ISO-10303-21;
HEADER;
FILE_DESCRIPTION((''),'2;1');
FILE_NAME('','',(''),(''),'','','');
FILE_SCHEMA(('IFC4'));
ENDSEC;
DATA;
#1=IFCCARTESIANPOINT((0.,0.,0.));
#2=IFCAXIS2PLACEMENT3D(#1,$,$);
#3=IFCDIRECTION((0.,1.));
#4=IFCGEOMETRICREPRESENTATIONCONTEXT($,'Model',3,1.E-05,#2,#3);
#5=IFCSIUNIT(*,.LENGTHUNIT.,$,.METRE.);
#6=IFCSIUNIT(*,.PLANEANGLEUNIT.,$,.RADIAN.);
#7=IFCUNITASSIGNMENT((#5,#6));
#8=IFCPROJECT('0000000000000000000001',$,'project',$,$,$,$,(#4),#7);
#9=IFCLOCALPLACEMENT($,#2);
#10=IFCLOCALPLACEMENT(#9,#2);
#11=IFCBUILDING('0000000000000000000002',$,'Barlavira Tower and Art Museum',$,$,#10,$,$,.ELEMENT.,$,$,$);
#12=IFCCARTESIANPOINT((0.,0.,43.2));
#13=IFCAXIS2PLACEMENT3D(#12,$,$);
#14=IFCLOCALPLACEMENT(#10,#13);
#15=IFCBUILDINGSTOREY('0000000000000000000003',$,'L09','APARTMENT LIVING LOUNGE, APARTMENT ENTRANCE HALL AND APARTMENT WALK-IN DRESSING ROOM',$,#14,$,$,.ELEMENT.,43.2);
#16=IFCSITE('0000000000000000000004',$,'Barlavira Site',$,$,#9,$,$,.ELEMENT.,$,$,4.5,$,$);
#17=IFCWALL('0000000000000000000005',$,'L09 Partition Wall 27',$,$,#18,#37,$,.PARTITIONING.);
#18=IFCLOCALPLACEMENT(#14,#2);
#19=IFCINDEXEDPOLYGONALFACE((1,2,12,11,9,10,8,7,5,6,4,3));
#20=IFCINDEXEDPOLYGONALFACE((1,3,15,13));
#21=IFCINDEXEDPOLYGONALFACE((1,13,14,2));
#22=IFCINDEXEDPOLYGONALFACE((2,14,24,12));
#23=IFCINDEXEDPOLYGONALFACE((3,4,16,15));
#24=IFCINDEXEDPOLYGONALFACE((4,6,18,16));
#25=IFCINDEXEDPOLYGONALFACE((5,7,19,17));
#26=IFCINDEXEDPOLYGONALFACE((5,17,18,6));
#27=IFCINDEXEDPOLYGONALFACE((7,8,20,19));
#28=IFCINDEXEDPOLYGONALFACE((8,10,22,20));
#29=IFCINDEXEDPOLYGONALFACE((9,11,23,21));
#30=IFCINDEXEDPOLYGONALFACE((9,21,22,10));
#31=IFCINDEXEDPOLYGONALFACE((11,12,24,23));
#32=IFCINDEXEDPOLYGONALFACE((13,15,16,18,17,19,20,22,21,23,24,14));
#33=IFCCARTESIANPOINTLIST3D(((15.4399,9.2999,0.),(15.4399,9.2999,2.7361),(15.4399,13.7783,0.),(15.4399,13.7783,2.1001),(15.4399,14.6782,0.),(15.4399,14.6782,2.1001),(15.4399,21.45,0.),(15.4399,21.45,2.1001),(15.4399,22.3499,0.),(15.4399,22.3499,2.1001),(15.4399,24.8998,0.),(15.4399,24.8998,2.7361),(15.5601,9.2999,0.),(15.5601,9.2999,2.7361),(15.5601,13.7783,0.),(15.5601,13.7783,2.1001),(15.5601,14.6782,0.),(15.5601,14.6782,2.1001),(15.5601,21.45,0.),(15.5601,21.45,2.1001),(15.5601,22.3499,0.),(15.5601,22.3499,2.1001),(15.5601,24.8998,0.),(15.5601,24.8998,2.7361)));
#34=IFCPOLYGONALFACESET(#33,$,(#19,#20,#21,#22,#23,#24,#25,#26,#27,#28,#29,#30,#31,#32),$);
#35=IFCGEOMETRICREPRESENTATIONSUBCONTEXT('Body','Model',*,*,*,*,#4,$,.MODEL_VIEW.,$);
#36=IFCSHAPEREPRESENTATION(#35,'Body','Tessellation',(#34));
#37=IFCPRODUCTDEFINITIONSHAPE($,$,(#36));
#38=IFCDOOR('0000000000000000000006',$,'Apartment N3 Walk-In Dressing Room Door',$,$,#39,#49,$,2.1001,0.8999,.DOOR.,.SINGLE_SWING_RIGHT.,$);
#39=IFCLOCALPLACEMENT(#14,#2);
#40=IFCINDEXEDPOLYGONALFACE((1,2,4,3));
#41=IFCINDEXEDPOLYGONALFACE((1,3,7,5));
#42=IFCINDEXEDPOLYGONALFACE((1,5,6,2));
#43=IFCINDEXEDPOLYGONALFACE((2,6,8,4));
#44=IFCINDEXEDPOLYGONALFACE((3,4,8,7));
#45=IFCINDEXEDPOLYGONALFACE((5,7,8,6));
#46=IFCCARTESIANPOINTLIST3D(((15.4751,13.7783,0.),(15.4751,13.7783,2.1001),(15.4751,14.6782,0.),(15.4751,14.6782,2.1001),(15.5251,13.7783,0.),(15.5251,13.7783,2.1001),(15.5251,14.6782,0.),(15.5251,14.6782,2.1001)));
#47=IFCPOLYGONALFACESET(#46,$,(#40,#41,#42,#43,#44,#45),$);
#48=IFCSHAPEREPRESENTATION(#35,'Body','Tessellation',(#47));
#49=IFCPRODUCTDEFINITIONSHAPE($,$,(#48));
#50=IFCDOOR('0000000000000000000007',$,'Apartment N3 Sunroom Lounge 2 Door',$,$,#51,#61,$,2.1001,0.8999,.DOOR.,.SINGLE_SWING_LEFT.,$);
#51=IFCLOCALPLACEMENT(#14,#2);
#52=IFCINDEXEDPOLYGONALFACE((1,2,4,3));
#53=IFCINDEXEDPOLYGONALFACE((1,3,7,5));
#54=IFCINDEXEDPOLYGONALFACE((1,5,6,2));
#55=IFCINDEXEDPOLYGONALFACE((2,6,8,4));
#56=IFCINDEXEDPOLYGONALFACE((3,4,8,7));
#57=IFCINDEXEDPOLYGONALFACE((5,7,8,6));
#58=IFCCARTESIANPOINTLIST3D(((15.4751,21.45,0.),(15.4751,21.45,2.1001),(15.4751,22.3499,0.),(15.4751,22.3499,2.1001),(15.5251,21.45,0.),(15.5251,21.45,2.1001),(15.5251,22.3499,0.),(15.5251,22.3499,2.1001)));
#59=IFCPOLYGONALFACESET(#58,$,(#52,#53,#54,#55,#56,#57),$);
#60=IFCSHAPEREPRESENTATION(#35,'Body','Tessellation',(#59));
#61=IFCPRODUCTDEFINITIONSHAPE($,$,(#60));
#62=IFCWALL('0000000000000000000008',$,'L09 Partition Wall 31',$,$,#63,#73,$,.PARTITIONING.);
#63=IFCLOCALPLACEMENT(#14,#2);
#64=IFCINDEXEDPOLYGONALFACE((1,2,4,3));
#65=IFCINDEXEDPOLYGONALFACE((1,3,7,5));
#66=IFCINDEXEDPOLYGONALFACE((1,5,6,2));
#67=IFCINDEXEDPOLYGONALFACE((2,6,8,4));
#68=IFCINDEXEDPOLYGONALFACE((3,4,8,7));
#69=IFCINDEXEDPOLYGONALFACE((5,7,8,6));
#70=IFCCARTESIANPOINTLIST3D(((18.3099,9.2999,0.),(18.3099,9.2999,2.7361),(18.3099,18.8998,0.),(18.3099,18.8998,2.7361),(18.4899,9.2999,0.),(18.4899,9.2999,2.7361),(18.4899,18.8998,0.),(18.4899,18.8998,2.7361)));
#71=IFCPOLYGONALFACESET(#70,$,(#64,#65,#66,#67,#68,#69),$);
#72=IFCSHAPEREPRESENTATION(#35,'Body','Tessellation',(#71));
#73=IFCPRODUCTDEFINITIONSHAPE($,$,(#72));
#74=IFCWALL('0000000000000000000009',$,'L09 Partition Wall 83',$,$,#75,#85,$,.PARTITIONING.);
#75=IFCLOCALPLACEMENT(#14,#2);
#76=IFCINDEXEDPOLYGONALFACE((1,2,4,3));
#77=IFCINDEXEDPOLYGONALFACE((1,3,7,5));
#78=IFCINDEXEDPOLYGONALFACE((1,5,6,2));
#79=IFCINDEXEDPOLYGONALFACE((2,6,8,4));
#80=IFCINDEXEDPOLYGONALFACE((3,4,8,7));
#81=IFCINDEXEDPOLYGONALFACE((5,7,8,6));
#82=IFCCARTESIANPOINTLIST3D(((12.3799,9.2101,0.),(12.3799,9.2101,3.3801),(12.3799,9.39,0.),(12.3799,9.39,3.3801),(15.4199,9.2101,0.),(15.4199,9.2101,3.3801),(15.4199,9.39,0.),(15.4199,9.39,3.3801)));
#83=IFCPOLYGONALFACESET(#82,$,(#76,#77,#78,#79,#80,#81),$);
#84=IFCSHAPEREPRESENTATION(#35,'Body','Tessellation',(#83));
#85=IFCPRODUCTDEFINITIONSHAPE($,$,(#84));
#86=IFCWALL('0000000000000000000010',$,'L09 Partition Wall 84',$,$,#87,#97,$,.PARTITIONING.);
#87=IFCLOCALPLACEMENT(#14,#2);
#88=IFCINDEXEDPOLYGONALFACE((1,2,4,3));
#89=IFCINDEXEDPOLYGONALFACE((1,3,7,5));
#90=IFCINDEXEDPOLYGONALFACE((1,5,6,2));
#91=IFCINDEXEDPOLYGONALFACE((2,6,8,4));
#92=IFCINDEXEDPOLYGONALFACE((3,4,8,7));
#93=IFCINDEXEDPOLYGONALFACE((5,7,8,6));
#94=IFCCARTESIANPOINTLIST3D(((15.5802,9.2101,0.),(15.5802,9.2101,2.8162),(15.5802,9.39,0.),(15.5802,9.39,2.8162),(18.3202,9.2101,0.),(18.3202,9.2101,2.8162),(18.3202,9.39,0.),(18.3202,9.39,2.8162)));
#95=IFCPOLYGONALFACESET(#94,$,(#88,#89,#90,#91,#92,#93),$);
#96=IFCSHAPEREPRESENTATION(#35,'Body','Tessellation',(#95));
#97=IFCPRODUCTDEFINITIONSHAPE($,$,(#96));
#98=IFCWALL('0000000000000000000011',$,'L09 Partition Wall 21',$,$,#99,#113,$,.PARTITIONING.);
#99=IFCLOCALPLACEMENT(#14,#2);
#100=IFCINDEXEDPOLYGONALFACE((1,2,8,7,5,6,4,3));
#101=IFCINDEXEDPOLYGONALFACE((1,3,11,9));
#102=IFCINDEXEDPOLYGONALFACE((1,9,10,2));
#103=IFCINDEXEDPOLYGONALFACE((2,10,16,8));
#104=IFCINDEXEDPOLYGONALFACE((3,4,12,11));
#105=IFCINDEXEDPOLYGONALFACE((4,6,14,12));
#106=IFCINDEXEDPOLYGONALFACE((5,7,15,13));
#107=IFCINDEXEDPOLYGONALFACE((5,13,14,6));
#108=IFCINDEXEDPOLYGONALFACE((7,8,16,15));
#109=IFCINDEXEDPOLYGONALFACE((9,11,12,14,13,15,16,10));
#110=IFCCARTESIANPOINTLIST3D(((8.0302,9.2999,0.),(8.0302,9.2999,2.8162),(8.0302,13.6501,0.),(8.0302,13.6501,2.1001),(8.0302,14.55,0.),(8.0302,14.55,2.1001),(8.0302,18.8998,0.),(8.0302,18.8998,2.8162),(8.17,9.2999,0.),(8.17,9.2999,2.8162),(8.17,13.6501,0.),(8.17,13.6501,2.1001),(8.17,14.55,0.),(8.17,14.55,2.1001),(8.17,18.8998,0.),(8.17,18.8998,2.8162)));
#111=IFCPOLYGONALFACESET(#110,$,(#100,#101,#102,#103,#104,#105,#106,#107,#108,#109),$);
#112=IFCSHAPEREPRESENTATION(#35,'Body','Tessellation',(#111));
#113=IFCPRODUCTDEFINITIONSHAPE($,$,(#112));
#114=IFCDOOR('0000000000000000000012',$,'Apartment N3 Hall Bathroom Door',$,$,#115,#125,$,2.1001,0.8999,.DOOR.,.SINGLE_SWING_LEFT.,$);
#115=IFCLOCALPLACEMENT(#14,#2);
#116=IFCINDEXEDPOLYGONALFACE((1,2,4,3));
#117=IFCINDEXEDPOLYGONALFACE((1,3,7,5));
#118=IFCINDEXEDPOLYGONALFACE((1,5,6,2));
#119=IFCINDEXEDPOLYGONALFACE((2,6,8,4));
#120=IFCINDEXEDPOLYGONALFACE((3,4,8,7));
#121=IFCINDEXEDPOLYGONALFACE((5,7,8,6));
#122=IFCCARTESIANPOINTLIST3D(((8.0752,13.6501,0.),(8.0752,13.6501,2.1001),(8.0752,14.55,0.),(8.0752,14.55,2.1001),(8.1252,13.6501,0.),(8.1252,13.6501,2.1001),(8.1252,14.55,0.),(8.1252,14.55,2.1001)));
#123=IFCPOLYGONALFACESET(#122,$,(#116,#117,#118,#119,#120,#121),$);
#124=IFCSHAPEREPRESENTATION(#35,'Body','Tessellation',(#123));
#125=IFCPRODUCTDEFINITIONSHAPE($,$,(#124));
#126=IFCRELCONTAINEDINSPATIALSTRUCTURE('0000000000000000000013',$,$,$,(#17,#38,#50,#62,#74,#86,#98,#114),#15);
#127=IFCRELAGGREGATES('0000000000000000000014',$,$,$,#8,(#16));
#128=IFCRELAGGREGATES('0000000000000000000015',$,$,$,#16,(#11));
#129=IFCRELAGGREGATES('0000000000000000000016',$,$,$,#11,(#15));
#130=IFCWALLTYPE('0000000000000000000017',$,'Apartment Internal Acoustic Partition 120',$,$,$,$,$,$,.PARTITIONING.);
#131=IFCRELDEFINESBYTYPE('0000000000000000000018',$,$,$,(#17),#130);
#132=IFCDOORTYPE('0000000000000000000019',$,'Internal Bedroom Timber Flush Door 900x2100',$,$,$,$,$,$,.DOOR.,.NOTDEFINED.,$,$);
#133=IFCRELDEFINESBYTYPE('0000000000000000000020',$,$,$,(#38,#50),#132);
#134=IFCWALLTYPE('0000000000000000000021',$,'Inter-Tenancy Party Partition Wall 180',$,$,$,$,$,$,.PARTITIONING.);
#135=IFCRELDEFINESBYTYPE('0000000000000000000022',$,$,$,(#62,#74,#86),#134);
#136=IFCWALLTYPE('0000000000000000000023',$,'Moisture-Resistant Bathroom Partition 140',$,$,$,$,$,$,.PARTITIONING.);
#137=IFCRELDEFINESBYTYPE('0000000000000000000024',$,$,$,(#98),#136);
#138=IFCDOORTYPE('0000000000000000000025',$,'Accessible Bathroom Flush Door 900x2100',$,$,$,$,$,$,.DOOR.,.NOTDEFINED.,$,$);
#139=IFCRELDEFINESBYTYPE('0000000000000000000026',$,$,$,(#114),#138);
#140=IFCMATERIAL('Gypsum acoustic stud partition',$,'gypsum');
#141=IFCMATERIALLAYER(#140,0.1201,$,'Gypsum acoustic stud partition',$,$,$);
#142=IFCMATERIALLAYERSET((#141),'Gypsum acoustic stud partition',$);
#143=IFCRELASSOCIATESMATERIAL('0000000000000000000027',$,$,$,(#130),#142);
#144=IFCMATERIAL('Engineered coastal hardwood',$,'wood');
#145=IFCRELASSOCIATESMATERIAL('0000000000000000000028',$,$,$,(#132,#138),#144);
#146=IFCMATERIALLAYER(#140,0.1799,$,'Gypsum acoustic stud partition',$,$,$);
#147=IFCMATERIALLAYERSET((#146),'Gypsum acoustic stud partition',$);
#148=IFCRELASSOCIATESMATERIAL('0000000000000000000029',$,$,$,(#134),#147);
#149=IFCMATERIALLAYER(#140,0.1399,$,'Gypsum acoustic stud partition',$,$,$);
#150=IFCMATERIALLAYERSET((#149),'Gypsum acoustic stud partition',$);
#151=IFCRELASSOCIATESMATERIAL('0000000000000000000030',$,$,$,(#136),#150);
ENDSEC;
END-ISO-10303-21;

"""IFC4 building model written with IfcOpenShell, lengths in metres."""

from ifc_helpers import new_model, si_unit, direction, frame, frame_2d, origin, place, context, subcontext, project, spatial, rectangle, extrude, material, layer, layer_set, type_object, element, fill, save


model = new_model("IFC4")

# Units and contexts
model_context = context("Model", 3, precision=1e-05, world=origin(), true_north=direction((0.0, 1.0)))
body_context = subcontext(model_context, "Body", "Model", "MODEL_VIEW")
ifc_project = project(units=[si_unit("LENGTHUNIT", "METRE"), si_unit("PLANEANGLEUNIT", "RADIAN")], contexts=[model_context])

# Site, building, storey
site_placement = place(None, origin())
site = spatial("IfcSite", under=ifc_project, at=site_placement, Name="Barlavira Site", CompositionType="ELEMENT", RefElevation=4.5)
building_placement = place(site_placement, origin())
building = spatial("IfcBuilding", under=site, at=building_placement, Name="Barlavira Tower and Art Museum", CompositionType="ELEMENT")
storey_placement = place(building_placement, frame((0.0, 0.0, 43.2)))
storey = spatial("IfcBuildingStorey", under=building, at=storey_placement, Name="L09", Description="APARTMENT LIVING LOUNGE, APARTMENT ENTRANCE HALL AND APARTMENT WALK-IN DRESSING ROOM", CompositionType="ELEMENT", Elevation=43.2)

# Wall, openings, doors
ifc_material_1 = material(Name="Gypsum acoustic stud partition", Category="gypsum")
ifc_layer_1 = layer(ifc_material_1, 0.1201, Name="Gypsum acoustic stud partition")
ifc_layer_set_1 = layer_set([ifc_layer_1], Name="Gypsum acoustic stud partition")
wall_type_1 = type_object("IfcWallType", Name="Apartment Internal Acoustic Partition 120", PredefinedType="PARTITIONING", material=ifc_layer_set_1)
ifc_material_2 = material(Name="Engineered coastal hardwood", Category="wood")
door_type_1 = type_object("IfcDoorType", Name="Internal Bedroom Timber Flush Door 900x2100", OperationType="NOTDEFINED", PredefinedType="DOOR", material=ifc_material_2)
wall_1_placement = place(storey_placement, frame((15.5, 9.3, 0.0), z_axis=(0.0, 0.0, 1.0), x_axis=(0.0, 1.0, 0.0)))
wall_1 = element("IfcWall", 1, at=wall_1_placement, inside=storey, type_object=wall_type_1, Name="L09 Partition Wall 27", PredefinedType="PARTITIONING", context=body_context, shape_type="SweptSolid", body=[
    extrude(rectangle(XDim=15.5999, YDim=0.1201, at=frame_2d((7.7998, 0.0))), origin(), (0.0, 0.0, 1.0), 2.7361),
])
opening_1_placement = place(wall_1_placement, frame((4.4783, 0.0, 0.0)))
opening_1 = element("IfcOpeningElement", 2, at=opening_1_placement, cuts=wall_1, PredefinedType="OPENING", context=body_context, shape_type="SweptSolid", body=[
    extrude(rectangle(XDim=0.8999, YDim=2.1001, at=frame_2d((0.45, 1.05))), frame((0.0, 0.0701, 0.0), z_axis=(0.0, -1.0, 0.0), x_axis=(1.0, 0.0, 0.0)), (0.0, 0.0, 1.0), 0.1401),
])
opening_2_placement = place(wall_1_placement, frame((12.1499, 0.0, 0.0)))
opening_2 = element("IfcOpeningElement", 3, at=opening_2_placement, cuts=wall_1, PredefinedType="OPENING", context=body_context, shape_type="SweptSolid", body=[
    extrude(rectangle(XDim=0.8999, YDim=2.1001, at=frame_2d((0.45, 1.05))), frame((0.0, 0.0701, 0.0), z_axis=(0.0, -1.0, 0.0), x_axis=(1.0, 0.0, 0.0)), (0.0, 0.0, 1.0), 0.1401),
])
door_1_placement = place(opening_1_placement, origin())
door_1 = element("IfcDoor", 4, at=door_1_placement, inside=storey, type_object=door_type_1, Name="Apartment N3 Walk-In Dressing Room Door", OperationType="SINGLE_SWING_RIGHT", OverallHeight=2.1001, OverallWidth=0.8999, PredefinedType="DOOR", context=body_context, shape_type="SweptSolid", body=[
    extrude(rectangle(XDim=0.8999, YDim=2.1001, at=frame_2d((0.45, 1.05))), frame((0.0, 0.0249, 0.0), z_axis=(0.0, -1.0, 0.0), x_axis=(1.0, 0.0, 0.0)), (0.0, 0.0, 1.0), 0.05),
])
fill(opening_1, door_1)
door_2_placement = place(opening_2_placement, origin())
door_2 = element("IfcDoor", 5, at=door_2_placement, inside=storey, type_object=door_type_1, Name="Apartment N3 Sunroom Lounge 2 Door", OperationType="SINGLE_SWING_LEFT", OverallHeight=2.1001, OverallWidth=0.8999, PredefinedType="DOOR", context=body_context, shape_type="SweptSolid", body=[
    extrude(rectangle(XDim=0.8999, YDim=2.1001, at=frame_2d((0.45, 1.05))), frame((0.0, 0.0249, 0.0), z_axis=(0.0, -1.0, 0.0), x_axis=(1.0, 0.0, 0.0)), (0.0, 0.0, 1.0), 0.05),
])
fill(opening_2, door_2)

# Wall
ifc_layer_2 = layer(ifc_material_1, 0.1799, Name="Gypsum acoustic stud partition")
ifc_layer_set_2 = layer_set([ifc_layer_2], Name="Gypsum acoustic stud partition")
wall_type_2 = type_object("IfcWallType", Name="Inter-Tenancy Party Partition Wall 180", PredefinedType="PARTITIONING", material=ifc_layer_set_2)
wall_2_placement = place(storey_placement, frame((18.3999, 9.3, 0.0), z_axis=(0.0, 0.0, 1.0), x_axis=(0.0, 1.0, 0.0)))
element("IfcWall", 6, at=wall_2_placement, inside=storey, type_object=wall_type_2, Name="L09 Partition Wall 31", PredefinedType="PARTITIONING", context=body_context, shape_type="SweptSolid", body=[
    extrude(rectangle(XDim=9.5999, YDim=0.1799, at=frame_2d((4.7998, 0.0))), origin(), (0.0, 0.0, 1.0), 2.7361),
])

# Walls
wall_3_placement = place(storey_placement, frame((12.3799, 9.3, 0.0), z_axis=(0.0, 0.0, 1.0), x_axis=(1.0, 0.0, 0.0)))
element("IfcWall", 7, at=wall_3_placement, inside=storey, type_object=wall_type_2, Name="L09 Partition Wall 83", PredefinedType="PARTITIONING", context=body_context, shape_type="SweptSolid", body=[
    extrude(rectangle(XDim=3.04, YDim=0.1799, at=frame_2d((1.52, 0.0))), origin(), (0.0, 0.0, 1.0), 3.3801),
])
wall_4_placement = place(storey_placement, frame((15.5801, 9.3, 0.0), z_axis=(0.0, 0.0, 1.0), x_axis=(1.0, 0.0, 0.0)))
element("IfcWall", 8, at=wall_4_placement, inside=storey, type_object=wall_type_2, Name="L09 Partition Wall 84", PredefinedType="PARTITIONING", context=body_context, shape_type="SweptSolid", body=[
    extrude(rectangle(XDim=2.74, YDim=0.1799, at=frame_2d((1.3701, 0.0))), origin(), (0.0, 0.0, 1.0), 2.8162),
])

# Wall, opening, door
ifc_layer_3 = layer(ifc_material_1, 0.1399, Name="Gypsum acoustic stud partition")
ifc_layer_set_3 = layer_set([ifc_layer_3], Name="Gypsum acoustic stud partition")
wall_type_3 = type_object("IfcWallType", Name="Moisture-Resistant Bathroom Partition 140", PredefinedType="PARTITIONING", material=ifc_layer_set_3)
wall_5_placement = place(storey_placement, frame((8.1001, 9.3, 0.0), z_axis=(0.0, 0.0, 1.0), x_axis=(0.0, 1.0, 0.0)))
wall_5 = element("IfcWall", 9, at=wall_5_placement, inside=storey, type_object=wall_type_3, Name="L09 Partition Wall 21", PredefinedType="PARTITIONING", context=body_context, shape_type="SweptSolid", body=[
    extrude(rectangle(XDim=9.5999, YDim=0.1399, at=frame_2d((4.7998, 0.0))), origin(), (0.0, 0.0, 1.0), 2.8162),
])
opening_3_placement = place(wall_5_placement, frame((4.3501, 0.0, 0.0)))
opening_3 = element("IfcOpeningElement", 10, at=opening_3_placement, cuts=wall_5, PredefinedType="OPENING", context=body_context, shape_type="SweptSolid", body=[
    extrude(rectangle(XDim=0.8999, YDim=2.1001, at=frame_2d((0.45, 1.05))), frame((0.0, 0.0801, 0.0), z_axis=(0.0, -1.0, 0.0), x_axis=(1.0, 0.0, 0.0)), (0.0, 0.0, 1.0), 0.1599),
])
door_type_2 = type_object("IfcDoorType", Name="Accessible Bathroom Flush Door 900x2100", OperationType="NOTDEFINED", PredefinedType="DOOR", material=ifc_material_2)
door_3_placement = place(opening_3_placement, origin())
door_3 = element("IfcDoor", 11, at=door_3_placement, inside=storey, type_object=door_type_2, Name="Apartment N3 Hall Bathroom Door", OperationType="SINGLE_SWING_LEFT", OverallHeight=2.1001, OverallWidth=0.8999, PredefinedType="DOOR", context=body_context, shape_type="SweptSolid", body=[
    extrude(rectangle(XDim=0.8999, YDim=2.1001, at=frame_2d((0.45, 1.05))), frame((0.0, 0.0249, 0.0), z_axis=(0.0, -1.0, 0.0), x_axis=(1.0, 0.0, 0.0)), (0.0, 0.0, 1.0), 0.05),
])
fill(opening_3, door_3)

save(model, "model.ifc")
